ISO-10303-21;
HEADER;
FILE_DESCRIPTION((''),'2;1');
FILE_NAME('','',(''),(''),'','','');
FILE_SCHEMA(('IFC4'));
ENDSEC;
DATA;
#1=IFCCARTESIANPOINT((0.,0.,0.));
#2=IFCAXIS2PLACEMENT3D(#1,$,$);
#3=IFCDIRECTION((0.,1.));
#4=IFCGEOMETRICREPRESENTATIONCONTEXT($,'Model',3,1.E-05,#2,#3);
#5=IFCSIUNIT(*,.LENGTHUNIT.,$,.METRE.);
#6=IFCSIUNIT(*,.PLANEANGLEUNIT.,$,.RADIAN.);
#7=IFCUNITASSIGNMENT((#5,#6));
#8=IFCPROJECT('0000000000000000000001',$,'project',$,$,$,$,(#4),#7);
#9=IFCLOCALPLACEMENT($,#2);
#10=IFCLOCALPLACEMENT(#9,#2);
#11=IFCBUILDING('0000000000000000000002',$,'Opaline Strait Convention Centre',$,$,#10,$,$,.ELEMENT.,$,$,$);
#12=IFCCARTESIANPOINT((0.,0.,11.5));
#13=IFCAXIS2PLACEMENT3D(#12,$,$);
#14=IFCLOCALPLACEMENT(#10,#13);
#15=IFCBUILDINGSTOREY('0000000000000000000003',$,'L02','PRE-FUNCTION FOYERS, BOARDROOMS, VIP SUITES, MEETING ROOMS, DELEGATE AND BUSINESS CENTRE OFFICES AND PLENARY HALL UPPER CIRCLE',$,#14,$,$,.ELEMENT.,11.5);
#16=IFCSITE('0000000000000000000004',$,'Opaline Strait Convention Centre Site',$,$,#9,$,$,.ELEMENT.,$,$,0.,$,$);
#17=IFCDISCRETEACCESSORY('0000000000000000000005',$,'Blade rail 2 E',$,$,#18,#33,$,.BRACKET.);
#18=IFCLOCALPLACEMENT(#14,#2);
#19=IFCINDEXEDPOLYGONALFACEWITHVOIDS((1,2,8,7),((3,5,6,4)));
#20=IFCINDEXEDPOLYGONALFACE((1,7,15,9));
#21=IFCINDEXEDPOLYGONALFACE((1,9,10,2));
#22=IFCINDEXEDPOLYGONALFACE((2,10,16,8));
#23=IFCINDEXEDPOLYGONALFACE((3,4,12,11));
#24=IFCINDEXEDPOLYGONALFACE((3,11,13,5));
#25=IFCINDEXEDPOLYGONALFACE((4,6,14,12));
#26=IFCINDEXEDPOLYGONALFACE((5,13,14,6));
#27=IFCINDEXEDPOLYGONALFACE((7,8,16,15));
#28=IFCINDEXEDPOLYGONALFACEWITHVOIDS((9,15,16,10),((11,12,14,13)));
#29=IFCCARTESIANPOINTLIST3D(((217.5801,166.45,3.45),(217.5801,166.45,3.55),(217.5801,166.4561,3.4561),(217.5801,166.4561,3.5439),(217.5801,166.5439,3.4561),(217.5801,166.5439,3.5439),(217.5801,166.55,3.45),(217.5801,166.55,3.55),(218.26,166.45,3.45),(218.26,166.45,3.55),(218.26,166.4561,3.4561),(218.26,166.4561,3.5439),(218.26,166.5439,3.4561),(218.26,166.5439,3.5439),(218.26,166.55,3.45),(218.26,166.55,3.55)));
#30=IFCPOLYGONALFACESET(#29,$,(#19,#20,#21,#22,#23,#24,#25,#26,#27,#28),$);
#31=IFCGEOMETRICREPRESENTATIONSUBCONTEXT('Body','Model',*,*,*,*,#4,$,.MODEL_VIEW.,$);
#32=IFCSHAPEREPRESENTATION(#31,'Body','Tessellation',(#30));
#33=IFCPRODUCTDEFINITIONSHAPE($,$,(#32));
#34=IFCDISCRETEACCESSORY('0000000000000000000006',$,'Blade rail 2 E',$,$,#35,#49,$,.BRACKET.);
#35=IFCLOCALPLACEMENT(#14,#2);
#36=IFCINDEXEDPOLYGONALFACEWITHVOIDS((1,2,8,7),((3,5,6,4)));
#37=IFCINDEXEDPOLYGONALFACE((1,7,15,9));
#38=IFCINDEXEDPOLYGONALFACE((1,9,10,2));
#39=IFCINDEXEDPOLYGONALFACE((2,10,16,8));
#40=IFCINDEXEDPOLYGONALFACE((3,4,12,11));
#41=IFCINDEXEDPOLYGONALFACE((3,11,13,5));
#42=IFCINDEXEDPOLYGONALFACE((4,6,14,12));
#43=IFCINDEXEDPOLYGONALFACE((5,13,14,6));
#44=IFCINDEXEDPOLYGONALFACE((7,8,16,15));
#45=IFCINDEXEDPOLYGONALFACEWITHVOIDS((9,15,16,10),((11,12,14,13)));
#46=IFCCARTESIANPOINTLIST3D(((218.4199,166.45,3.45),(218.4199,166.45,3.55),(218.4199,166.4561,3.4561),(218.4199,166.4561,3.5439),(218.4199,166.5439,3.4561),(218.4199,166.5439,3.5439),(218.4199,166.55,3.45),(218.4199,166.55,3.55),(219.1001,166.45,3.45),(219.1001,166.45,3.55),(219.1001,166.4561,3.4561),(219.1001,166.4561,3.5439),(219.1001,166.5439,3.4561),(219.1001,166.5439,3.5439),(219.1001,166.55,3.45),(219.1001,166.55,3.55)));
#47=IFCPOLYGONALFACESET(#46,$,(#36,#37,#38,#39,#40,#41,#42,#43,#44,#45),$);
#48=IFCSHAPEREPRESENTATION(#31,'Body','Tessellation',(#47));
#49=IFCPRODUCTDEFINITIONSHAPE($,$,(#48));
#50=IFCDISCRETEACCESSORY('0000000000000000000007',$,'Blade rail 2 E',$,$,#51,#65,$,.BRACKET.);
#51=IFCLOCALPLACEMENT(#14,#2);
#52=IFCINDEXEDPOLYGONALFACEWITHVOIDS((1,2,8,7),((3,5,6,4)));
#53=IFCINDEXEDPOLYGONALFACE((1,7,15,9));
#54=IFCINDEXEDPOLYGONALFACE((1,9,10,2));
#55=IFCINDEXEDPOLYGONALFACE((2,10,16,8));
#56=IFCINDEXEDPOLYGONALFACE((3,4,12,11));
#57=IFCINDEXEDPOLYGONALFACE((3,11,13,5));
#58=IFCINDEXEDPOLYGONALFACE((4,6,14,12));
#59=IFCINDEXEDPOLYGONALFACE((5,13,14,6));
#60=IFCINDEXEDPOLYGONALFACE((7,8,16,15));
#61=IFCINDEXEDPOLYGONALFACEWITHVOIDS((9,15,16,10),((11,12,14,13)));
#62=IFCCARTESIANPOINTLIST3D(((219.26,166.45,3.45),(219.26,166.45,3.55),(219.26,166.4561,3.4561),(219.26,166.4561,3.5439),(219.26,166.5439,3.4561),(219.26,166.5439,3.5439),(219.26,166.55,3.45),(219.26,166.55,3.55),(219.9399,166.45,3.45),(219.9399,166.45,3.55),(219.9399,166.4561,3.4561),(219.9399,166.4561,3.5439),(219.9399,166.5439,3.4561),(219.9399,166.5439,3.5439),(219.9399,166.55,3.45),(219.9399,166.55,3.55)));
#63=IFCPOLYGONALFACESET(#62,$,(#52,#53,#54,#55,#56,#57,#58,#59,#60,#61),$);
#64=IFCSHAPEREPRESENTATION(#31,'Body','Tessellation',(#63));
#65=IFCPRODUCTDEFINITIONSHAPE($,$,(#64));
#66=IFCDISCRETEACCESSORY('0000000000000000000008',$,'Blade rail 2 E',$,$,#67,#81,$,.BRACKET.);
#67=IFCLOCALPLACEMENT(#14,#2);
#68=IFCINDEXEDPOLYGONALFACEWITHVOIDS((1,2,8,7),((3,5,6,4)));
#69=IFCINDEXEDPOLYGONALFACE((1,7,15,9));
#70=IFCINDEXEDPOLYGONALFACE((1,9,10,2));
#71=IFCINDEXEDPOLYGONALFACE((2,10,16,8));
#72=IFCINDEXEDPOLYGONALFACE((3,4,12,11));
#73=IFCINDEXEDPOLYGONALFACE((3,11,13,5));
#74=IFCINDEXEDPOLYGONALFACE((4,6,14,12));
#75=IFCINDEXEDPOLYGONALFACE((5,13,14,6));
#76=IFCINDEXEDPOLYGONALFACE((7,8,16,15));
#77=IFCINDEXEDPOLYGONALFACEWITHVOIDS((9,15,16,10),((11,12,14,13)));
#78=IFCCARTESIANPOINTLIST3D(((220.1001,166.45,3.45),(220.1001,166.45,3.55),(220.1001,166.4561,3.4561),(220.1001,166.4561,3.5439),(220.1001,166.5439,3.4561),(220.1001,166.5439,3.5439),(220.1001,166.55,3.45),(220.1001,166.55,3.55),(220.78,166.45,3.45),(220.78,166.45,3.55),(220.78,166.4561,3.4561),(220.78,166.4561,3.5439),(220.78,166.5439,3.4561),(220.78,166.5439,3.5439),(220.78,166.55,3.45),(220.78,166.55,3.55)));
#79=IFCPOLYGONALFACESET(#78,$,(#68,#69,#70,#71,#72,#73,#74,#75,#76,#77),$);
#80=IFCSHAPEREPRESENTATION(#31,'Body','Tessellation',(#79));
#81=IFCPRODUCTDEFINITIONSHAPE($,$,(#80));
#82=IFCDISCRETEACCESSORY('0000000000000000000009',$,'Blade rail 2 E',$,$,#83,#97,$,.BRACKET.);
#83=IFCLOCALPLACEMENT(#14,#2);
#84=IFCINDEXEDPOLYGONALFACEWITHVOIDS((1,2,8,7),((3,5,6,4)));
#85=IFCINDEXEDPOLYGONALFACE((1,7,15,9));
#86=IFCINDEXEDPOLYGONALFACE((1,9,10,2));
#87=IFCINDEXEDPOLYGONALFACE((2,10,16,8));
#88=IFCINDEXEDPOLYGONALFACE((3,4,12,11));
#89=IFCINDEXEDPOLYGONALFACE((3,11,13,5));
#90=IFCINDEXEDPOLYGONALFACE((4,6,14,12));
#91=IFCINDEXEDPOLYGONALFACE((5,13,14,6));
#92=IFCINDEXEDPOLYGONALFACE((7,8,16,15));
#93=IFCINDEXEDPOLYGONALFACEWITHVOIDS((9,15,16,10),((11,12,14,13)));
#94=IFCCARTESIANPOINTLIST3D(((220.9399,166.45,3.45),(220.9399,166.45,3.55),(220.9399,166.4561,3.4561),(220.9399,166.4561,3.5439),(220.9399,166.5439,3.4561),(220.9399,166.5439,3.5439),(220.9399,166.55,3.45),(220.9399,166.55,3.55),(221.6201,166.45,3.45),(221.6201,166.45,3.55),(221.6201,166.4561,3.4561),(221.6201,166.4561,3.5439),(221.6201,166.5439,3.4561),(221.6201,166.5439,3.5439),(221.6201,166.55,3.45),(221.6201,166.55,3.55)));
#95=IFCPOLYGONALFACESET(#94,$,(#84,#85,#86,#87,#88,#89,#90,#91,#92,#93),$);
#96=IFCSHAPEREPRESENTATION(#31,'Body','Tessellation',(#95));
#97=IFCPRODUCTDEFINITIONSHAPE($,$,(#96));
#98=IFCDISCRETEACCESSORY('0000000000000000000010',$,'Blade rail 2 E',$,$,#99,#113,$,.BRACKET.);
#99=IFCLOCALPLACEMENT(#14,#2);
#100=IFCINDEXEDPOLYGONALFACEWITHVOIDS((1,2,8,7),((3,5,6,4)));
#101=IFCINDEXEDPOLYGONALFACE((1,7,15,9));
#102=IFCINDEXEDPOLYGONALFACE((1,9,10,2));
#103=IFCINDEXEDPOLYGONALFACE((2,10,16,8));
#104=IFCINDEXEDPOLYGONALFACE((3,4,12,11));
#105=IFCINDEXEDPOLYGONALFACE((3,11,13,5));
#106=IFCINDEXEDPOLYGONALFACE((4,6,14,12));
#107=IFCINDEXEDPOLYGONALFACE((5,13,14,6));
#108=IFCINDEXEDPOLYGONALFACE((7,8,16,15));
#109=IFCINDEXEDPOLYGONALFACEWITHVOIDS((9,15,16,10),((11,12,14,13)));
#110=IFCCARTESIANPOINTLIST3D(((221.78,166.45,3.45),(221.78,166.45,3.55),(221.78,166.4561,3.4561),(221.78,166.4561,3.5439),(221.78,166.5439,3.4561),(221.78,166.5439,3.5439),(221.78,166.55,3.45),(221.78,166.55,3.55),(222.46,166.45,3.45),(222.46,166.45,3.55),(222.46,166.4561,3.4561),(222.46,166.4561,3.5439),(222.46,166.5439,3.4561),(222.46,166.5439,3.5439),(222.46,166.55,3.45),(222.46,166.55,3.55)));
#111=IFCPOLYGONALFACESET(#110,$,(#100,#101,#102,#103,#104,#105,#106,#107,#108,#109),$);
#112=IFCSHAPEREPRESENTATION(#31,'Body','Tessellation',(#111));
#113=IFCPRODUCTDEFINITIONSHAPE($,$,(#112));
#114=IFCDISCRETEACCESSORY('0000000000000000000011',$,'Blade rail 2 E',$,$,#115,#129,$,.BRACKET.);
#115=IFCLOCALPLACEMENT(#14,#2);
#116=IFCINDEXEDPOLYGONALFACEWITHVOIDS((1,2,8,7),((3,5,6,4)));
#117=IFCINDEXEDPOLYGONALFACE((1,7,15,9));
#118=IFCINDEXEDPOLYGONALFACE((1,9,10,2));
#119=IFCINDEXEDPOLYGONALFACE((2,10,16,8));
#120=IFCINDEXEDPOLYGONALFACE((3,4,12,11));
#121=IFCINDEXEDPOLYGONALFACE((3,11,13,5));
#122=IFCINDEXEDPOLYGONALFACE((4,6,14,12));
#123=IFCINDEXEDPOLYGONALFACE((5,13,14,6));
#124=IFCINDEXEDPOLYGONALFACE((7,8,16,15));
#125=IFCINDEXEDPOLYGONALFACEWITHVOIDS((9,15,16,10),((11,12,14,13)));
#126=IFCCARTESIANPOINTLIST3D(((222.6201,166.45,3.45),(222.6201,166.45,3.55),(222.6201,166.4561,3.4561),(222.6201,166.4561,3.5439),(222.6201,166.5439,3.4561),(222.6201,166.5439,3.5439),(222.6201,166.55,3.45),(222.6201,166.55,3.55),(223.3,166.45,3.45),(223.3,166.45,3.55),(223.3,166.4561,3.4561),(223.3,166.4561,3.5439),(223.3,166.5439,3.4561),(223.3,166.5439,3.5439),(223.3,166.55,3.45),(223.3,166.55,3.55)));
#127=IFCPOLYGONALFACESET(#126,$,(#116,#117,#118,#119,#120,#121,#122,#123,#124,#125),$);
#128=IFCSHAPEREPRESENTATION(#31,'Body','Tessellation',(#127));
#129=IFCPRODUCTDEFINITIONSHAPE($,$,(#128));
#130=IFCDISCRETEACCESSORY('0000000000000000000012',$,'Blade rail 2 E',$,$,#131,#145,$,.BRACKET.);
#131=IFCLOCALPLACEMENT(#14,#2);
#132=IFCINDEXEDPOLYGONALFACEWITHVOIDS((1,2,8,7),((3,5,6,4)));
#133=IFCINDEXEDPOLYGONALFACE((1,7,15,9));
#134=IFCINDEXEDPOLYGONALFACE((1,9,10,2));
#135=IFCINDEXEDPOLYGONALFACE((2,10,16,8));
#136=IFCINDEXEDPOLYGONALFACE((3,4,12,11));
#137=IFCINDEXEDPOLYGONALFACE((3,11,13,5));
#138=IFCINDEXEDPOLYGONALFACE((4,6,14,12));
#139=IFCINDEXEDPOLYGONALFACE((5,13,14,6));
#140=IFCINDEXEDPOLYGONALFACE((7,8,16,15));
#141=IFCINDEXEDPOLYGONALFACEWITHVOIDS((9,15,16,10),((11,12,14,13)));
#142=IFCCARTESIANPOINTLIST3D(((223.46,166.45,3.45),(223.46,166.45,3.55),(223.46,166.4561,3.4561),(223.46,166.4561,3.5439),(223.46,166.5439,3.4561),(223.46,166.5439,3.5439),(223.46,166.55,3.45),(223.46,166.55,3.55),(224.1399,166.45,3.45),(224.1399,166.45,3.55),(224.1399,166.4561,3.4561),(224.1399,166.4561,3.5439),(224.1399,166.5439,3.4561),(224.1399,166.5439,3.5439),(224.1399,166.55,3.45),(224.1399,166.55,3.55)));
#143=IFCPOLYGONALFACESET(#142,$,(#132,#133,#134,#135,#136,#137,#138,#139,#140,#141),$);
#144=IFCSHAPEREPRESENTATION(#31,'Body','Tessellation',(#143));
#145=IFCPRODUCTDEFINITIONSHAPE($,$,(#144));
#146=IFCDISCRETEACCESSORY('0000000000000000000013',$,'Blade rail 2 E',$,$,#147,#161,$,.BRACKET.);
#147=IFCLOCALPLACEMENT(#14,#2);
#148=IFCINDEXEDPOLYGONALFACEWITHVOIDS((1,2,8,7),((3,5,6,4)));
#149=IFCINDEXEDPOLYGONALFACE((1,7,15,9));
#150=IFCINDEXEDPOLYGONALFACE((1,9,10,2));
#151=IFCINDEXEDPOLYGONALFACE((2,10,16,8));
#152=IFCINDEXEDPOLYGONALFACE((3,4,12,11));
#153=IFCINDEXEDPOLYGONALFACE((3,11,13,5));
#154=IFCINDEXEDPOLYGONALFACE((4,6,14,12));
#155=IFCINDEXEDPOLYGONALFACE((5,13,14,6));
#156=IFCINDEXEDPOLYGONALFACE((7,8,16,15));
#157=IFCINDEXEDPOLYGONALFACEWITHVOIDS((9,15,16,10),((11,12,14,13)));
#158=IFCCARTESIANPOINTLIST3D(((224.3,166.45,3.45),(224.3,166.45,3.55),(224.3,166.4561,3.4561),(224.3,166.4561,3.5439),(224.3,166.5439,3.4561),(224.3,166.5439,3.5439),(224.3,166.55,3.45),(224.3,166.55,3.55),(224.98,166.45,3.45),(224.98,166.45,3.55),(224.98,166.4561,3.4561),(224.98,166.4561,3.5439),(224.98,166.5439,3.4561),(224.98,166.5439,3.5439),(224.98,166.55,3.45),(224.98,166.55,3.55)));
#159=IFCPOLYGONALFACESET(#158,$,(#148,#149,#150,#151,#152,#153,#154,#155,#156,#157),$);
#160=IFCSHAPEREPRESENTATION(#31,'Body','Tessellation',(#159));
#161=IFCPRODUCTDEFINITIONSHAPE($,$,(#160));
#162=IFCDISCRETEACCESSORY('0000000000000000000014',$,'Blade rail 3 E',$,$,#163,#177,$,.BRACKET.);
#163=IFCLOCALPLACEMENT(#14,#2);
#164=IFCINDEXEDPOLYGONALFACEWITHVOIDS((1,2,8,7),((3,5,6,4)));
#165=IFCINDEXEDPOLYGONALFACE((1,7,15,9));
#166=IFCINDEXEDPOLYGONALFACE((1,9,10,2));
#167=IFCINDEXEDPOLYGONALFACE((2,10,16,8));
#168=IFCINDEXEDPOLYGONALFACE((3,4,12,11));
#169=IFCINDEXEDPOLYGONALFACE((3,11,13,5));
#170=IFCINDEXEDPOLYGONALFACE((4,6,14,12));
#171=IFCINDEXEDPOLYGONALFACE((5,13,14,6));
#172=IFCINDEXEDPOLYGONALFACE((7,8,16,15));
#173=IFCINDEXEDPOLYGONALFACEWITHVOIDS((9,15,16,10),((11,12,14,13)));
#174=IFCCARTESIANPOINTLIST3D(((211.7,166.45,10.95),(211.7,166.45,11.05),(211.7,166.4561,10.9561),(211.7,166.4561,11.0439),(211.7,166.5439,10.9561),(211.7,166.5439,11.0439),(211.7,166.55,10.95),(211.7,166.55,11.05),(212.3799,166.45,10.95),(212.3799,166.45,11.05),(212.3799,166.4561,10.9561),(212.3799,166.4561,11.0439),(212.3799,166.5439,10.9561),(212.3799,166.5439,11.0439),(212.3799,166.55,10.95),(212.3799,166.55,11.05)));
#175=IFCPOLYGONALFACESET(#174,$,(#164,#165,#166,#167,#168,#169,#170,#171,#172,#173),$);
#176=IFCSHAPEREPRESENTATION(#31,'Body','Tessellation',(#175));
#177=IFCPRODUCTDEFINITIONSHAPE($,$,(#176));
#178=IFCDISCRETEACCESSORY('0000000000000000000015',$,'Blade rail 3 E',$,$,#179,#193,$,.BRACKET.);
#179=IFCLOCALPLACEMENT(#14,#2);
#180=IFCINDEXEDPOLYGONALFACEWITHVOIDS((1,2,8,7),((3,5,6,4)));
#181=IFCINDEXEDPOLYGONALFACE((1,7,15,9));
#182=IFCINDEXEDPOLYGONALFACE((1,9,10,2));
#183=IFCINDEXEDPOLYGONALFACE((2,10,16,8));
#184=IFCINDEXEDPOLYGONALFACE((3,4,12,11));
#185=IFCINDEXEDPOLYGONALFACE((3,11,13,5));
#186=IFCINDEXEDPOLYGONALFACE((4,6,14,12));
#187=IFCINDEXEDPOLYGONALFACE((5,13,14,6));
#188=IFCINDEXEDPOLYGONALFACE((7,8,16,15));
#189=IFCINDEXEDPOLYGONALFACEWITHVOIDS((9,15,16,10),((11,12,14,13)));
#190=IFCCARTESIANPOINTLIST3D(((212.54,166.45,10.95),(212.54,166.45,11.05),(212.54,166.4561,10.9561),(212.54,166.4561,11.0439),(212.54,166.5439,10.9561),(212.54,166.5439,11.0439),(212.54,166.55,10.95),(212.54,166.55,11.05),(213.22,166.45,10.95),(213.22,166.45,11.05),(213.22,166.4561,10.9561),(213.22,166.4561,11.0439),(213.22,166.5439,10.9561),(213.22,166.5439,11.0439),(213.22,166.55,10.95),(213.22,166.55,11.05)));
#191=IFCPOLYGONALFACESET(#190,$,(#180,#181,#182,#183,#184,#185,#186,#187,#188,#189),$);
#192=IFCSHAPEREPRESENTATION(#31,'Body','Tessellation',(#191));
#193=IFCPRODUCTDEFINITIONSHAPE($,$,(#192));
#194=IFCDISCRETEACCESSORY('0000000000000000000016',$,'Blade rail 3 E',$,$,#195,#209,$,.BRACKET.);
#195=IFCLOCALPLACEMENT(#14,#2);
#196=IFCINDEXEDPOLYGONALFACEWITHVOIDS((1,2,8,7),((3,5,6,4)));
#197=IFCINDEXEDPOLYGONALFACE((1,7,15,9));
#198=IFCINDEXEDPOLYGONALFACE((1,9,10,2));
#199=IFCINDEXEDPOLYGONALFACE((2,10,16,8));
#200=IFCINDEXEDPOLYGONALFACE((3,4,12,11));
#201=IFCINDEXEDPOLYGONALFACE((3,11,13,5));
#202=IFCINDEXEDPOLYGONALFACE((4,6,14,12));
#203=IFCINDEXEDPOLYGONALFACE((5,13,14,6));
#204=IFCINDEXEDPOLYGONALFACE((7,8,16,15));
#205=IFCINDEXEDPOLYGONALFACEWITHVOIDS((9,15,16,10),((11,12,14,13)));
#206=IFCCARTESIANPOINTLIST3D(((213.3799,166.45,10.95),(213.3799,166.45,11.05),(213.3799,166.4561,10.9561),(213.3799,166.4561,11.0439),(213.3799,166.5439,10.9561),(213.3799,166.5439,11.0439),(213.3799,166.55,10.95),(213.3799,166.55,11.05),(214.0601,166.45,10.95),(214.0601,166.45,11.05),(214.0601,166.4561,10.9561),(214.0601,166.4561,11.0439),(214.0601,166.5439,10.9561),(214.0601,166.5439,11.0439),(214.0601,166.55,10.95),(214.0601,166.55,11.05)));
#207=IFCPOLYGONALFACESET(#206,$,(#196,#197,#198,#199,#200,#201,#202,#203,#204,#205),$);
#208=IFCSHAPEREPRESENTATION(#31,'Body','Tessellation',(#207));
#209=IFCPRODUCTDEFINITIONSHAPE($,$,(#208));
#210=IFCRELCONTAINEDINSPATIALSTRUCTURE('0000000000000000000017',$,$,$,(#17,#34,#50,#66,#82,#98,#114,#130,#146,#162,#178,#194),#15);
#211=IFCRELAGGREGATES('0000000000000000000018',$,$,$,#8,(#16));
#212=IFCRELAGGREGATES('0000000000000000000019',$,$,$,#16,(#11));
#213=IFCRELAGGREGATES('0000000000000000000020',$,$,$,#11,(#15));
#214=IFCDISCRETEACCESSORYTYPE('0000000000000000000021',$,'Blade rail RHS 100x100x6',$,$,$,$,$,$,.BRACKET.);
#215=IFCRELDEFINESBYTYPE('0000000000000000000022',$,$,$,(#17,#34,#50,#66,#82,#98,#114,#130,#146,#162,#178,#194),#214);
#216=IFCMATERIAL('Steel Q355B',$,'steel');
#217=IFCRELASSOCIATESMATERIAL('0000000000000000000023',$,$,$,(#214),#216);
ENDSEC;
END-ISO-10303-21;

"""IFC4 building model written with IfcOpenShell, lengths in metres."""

from ifc_helpers import new_model, si_unit, direction, frame, origin, origin_2d, place, context, subcontext, project, spatial, hollow_rectangle, extrude, material, material_profile, profile_set, type_object, element, save


model = new_model("IFC4")

# Units and contexts
model_context = context("Model", 3, precision=1e-05, world=origin(), true_north=direction((0.0, 1.0)))
body_context = subcontext(model_context, "Body", "Model", "MODEL_VIEW")
ifc_project = project(units=[si_unit("LENGTHUNIT", "METRE"), si_unit("PLANEANGLEUNIT", "RADIAN")], contexts=[model_context])

# Site, building, storey
site_placement = place(None, origin())
site = spatial("IfcSite", under=ifc_project, at=site_placement, Name="Opaline Strait Convention Centre Site", CompositionType="ELEMENT", RefElevation=0.0)
building_placement = place(site_placement, origin())
building = spatial("IfcBuilding", under=site, at=building_placement, Name="Opaline Strait Convention Centre", CompositionType="ELEMENT")
storey_placement = place(building_placement, frame((0.0, 0.0, 11.5)))
storey = spatial("IfcBuildingStorey", under=building, at=storey_placement, Name="L02", Description="PRE-FUNCTION FOYERS, BOARDROOMS, VIP SUITES, MEETING ROOMS, DELEGATE AND BUSINESS CENTRE OFFICES AND PLENARY HALL UPPER CIRCLE", CompositionType="ELEMENT", Elevation=11.5)

# Discrete accessories
ifc_material = material(Name="Steel Q355B", Category="steel")
ifc_material_profile = material_profile(ifc_material, hollow_rectangle(XDim=0.1001, YDim=0.1001, WallThickness=0.0061, at=origin_2d()), Name="RHS 100x100x6")
ifc_profile_set = profile_set([ifc_material_profile], Name="Steel Q355B")
discrete_accessory_type = type_object("IfcDiscreteAccessoryType", Name="Blade rail RHS 100x100x6", PredefinedType="BRACKET", material=ifc_profile_set)
discrete_accessory_1_placement = place(storey_placement, frame((217.5801, 166.5, 3.5), z_axis=(1.0, 0.0, 0.0), x_axis=(0.0, 1.0, 0.0)))
element("IfcDiscreteAccessory", 1, at=discrete_accessory_1_placement, inside=storey, type_object=discrete_accessory_type, Name="Blade rail 2 E", PredefinedType="BRACKET", context=body_context, shape_type="SweptSolid", body=[
    extrude(hollow_rectangle(XDim=0.1001, YDim=0.1001, WallThickness=0.0061, at=origin_2d()), origin(), (0.0, 0.0, 1.0), 0.6799),
])
discrete_accessory_2_placement = place(storey_placement, frame((218.4199, 166.5, 3.5), z_axis=(1.0, 0.0, 0.0), x_axis=(0.0, 1.0, 0.0)))
element("IfcDiscreteAccessory", 2, at=discrete_accessory_2_placement, inside=storey, type_object=discrete_accessory_type, Name="Blade rail 2 E", PredefinedType="BRACKET", context=body_context, shape_type="SweptSolid", body=[
    extrude(hollow_rectangle(XDim=0.1001, YDim=0.1001, WallThickness=0.0061, at=origin_2d()), origin(), (0.0, 0.0, 1.0), 0.6802),
])
for number, where, z_axis, x_axis, name in (
    (3, (219.26, 166.5, 3.5), (1.0, 0.0, 0.0), (0.0, 1.0, 0.0), "Blade rail 2 E"),
    (4, (220.1001, 166.5, 3.5), (1.0, 0.0, 0.0), (0.0, 1.0, 0.0), "Blade rail 2 E"),
):
    element("IfcDiscreteAccessory", number, at=place(storey_placement, frame(where, z_axis=z_axis, x_axis=x_axis)), inside=storey, type_object=discrete_accessory_type, Name=name, PredefinedType="BRACKET", context=body_context, shape_type="SweptSolid", body=[
        extrude(hollow_rectangle(XDim=0.1001, YDim=0.1001, WallThickness=0.0061, at=origin_2d()), origin(), (0.0, 0.0, 1.0), 0.6799),
    ])
discrete_accessory_3_placement = place(storey_placement, frame((220.9399, 166.5, 3.5), z_axis=(1.0, 0.0, 0.0), x_axis=(0.0, 1.0, 0.0)))
element("IfcDiscreteAccessory", 5, at=discrete_accessory_3_placement, inside=storey, type_object=discrete_accessory_type, Name="Blade rail 2 E", PredefinedType="BRACKET", context=body_context, shape_type="SweptSolid", body=[
    extrude(hollow_rectangle(XDim=0.1001, YDim=0.1001, WallThickness=0.0061, at=origin_2d()), origin(), (0.0, 0.0, 1.0), 0.6802),
])
for number, where, z_axis, x_axis, name in (
    (6, (221.78, 166.5, 3.5), (1.0, 0.0, 0.0), (0.0, 1.0, 0.0), "Blade rail 2 E"),
    (7, (222.6201, 166.5, 3.5), (1.0, 0.0, 0.0), (0.0, 1.0, 0.0), "Blade rail 2 E"),
    (8, (223.46, 166.5, 3.5), (1.0, 0.0, 0.0), (0.0, 1.0, 0.0), "Blade rail 2 E"),
    (9, (224.3, 166.5, 3.5), (1.0, 0.0, 0.0), (0.0, 1.0, 0.0), "Blade rail 2 E"),
    (10, (211.7, 166.5, 11.0), (1.0, 0.0, 0.0), (0.0, 1.0, 0.0), "Blade rail 3 E"),
    (11, (212.54, 166.5, 11.0), (1.0, 0.0, 0.0), (0.0, 1.0, 0.0), "Blade rail 3 E"),
):
    element("IfcDiscreteAccessory", number, at=place(storey_placement, frame(where, z_axis=z_axis, x_axis=x_axis)), inside=storey, type_object=discrete_accessory_type, Name=name, PredefinedType="BRACKET", context=body_context, shape_type="SweptSolid", body=[
        extrude(hollow_rectangle(XDim=0.1001, YDim=0.1001, WallThickness=0.0061, at=origin_2d()), origin(), (0.0, 0.0, 1.0), 0.6799),
    ])
discrete_accessory_4_placement = place(storey_placement, frame((213.3799, 166.5, 11.0), z_axis=(1.0, 0.0, 0.0), x_axis=(0.0, 1.0, 0.0)))
element("IfcDiscreteAccessory", 12, at=discrete_accessory_4_placement, inside=storey, type_object=discrete_accessory_type, Name="Blade rail 3 E", PredefinedType="BRACKET", context=body_context, shape_type="SweptSolid", body=[
    extrude(hollow_rectangle(XDim=0.1001, YDim=0.1001, WallThickness=0.0061, at=origin_2d()), origin(), (0.0, 0.0, 1.0), 0.6802),
])

save(model, "model.ifc")
